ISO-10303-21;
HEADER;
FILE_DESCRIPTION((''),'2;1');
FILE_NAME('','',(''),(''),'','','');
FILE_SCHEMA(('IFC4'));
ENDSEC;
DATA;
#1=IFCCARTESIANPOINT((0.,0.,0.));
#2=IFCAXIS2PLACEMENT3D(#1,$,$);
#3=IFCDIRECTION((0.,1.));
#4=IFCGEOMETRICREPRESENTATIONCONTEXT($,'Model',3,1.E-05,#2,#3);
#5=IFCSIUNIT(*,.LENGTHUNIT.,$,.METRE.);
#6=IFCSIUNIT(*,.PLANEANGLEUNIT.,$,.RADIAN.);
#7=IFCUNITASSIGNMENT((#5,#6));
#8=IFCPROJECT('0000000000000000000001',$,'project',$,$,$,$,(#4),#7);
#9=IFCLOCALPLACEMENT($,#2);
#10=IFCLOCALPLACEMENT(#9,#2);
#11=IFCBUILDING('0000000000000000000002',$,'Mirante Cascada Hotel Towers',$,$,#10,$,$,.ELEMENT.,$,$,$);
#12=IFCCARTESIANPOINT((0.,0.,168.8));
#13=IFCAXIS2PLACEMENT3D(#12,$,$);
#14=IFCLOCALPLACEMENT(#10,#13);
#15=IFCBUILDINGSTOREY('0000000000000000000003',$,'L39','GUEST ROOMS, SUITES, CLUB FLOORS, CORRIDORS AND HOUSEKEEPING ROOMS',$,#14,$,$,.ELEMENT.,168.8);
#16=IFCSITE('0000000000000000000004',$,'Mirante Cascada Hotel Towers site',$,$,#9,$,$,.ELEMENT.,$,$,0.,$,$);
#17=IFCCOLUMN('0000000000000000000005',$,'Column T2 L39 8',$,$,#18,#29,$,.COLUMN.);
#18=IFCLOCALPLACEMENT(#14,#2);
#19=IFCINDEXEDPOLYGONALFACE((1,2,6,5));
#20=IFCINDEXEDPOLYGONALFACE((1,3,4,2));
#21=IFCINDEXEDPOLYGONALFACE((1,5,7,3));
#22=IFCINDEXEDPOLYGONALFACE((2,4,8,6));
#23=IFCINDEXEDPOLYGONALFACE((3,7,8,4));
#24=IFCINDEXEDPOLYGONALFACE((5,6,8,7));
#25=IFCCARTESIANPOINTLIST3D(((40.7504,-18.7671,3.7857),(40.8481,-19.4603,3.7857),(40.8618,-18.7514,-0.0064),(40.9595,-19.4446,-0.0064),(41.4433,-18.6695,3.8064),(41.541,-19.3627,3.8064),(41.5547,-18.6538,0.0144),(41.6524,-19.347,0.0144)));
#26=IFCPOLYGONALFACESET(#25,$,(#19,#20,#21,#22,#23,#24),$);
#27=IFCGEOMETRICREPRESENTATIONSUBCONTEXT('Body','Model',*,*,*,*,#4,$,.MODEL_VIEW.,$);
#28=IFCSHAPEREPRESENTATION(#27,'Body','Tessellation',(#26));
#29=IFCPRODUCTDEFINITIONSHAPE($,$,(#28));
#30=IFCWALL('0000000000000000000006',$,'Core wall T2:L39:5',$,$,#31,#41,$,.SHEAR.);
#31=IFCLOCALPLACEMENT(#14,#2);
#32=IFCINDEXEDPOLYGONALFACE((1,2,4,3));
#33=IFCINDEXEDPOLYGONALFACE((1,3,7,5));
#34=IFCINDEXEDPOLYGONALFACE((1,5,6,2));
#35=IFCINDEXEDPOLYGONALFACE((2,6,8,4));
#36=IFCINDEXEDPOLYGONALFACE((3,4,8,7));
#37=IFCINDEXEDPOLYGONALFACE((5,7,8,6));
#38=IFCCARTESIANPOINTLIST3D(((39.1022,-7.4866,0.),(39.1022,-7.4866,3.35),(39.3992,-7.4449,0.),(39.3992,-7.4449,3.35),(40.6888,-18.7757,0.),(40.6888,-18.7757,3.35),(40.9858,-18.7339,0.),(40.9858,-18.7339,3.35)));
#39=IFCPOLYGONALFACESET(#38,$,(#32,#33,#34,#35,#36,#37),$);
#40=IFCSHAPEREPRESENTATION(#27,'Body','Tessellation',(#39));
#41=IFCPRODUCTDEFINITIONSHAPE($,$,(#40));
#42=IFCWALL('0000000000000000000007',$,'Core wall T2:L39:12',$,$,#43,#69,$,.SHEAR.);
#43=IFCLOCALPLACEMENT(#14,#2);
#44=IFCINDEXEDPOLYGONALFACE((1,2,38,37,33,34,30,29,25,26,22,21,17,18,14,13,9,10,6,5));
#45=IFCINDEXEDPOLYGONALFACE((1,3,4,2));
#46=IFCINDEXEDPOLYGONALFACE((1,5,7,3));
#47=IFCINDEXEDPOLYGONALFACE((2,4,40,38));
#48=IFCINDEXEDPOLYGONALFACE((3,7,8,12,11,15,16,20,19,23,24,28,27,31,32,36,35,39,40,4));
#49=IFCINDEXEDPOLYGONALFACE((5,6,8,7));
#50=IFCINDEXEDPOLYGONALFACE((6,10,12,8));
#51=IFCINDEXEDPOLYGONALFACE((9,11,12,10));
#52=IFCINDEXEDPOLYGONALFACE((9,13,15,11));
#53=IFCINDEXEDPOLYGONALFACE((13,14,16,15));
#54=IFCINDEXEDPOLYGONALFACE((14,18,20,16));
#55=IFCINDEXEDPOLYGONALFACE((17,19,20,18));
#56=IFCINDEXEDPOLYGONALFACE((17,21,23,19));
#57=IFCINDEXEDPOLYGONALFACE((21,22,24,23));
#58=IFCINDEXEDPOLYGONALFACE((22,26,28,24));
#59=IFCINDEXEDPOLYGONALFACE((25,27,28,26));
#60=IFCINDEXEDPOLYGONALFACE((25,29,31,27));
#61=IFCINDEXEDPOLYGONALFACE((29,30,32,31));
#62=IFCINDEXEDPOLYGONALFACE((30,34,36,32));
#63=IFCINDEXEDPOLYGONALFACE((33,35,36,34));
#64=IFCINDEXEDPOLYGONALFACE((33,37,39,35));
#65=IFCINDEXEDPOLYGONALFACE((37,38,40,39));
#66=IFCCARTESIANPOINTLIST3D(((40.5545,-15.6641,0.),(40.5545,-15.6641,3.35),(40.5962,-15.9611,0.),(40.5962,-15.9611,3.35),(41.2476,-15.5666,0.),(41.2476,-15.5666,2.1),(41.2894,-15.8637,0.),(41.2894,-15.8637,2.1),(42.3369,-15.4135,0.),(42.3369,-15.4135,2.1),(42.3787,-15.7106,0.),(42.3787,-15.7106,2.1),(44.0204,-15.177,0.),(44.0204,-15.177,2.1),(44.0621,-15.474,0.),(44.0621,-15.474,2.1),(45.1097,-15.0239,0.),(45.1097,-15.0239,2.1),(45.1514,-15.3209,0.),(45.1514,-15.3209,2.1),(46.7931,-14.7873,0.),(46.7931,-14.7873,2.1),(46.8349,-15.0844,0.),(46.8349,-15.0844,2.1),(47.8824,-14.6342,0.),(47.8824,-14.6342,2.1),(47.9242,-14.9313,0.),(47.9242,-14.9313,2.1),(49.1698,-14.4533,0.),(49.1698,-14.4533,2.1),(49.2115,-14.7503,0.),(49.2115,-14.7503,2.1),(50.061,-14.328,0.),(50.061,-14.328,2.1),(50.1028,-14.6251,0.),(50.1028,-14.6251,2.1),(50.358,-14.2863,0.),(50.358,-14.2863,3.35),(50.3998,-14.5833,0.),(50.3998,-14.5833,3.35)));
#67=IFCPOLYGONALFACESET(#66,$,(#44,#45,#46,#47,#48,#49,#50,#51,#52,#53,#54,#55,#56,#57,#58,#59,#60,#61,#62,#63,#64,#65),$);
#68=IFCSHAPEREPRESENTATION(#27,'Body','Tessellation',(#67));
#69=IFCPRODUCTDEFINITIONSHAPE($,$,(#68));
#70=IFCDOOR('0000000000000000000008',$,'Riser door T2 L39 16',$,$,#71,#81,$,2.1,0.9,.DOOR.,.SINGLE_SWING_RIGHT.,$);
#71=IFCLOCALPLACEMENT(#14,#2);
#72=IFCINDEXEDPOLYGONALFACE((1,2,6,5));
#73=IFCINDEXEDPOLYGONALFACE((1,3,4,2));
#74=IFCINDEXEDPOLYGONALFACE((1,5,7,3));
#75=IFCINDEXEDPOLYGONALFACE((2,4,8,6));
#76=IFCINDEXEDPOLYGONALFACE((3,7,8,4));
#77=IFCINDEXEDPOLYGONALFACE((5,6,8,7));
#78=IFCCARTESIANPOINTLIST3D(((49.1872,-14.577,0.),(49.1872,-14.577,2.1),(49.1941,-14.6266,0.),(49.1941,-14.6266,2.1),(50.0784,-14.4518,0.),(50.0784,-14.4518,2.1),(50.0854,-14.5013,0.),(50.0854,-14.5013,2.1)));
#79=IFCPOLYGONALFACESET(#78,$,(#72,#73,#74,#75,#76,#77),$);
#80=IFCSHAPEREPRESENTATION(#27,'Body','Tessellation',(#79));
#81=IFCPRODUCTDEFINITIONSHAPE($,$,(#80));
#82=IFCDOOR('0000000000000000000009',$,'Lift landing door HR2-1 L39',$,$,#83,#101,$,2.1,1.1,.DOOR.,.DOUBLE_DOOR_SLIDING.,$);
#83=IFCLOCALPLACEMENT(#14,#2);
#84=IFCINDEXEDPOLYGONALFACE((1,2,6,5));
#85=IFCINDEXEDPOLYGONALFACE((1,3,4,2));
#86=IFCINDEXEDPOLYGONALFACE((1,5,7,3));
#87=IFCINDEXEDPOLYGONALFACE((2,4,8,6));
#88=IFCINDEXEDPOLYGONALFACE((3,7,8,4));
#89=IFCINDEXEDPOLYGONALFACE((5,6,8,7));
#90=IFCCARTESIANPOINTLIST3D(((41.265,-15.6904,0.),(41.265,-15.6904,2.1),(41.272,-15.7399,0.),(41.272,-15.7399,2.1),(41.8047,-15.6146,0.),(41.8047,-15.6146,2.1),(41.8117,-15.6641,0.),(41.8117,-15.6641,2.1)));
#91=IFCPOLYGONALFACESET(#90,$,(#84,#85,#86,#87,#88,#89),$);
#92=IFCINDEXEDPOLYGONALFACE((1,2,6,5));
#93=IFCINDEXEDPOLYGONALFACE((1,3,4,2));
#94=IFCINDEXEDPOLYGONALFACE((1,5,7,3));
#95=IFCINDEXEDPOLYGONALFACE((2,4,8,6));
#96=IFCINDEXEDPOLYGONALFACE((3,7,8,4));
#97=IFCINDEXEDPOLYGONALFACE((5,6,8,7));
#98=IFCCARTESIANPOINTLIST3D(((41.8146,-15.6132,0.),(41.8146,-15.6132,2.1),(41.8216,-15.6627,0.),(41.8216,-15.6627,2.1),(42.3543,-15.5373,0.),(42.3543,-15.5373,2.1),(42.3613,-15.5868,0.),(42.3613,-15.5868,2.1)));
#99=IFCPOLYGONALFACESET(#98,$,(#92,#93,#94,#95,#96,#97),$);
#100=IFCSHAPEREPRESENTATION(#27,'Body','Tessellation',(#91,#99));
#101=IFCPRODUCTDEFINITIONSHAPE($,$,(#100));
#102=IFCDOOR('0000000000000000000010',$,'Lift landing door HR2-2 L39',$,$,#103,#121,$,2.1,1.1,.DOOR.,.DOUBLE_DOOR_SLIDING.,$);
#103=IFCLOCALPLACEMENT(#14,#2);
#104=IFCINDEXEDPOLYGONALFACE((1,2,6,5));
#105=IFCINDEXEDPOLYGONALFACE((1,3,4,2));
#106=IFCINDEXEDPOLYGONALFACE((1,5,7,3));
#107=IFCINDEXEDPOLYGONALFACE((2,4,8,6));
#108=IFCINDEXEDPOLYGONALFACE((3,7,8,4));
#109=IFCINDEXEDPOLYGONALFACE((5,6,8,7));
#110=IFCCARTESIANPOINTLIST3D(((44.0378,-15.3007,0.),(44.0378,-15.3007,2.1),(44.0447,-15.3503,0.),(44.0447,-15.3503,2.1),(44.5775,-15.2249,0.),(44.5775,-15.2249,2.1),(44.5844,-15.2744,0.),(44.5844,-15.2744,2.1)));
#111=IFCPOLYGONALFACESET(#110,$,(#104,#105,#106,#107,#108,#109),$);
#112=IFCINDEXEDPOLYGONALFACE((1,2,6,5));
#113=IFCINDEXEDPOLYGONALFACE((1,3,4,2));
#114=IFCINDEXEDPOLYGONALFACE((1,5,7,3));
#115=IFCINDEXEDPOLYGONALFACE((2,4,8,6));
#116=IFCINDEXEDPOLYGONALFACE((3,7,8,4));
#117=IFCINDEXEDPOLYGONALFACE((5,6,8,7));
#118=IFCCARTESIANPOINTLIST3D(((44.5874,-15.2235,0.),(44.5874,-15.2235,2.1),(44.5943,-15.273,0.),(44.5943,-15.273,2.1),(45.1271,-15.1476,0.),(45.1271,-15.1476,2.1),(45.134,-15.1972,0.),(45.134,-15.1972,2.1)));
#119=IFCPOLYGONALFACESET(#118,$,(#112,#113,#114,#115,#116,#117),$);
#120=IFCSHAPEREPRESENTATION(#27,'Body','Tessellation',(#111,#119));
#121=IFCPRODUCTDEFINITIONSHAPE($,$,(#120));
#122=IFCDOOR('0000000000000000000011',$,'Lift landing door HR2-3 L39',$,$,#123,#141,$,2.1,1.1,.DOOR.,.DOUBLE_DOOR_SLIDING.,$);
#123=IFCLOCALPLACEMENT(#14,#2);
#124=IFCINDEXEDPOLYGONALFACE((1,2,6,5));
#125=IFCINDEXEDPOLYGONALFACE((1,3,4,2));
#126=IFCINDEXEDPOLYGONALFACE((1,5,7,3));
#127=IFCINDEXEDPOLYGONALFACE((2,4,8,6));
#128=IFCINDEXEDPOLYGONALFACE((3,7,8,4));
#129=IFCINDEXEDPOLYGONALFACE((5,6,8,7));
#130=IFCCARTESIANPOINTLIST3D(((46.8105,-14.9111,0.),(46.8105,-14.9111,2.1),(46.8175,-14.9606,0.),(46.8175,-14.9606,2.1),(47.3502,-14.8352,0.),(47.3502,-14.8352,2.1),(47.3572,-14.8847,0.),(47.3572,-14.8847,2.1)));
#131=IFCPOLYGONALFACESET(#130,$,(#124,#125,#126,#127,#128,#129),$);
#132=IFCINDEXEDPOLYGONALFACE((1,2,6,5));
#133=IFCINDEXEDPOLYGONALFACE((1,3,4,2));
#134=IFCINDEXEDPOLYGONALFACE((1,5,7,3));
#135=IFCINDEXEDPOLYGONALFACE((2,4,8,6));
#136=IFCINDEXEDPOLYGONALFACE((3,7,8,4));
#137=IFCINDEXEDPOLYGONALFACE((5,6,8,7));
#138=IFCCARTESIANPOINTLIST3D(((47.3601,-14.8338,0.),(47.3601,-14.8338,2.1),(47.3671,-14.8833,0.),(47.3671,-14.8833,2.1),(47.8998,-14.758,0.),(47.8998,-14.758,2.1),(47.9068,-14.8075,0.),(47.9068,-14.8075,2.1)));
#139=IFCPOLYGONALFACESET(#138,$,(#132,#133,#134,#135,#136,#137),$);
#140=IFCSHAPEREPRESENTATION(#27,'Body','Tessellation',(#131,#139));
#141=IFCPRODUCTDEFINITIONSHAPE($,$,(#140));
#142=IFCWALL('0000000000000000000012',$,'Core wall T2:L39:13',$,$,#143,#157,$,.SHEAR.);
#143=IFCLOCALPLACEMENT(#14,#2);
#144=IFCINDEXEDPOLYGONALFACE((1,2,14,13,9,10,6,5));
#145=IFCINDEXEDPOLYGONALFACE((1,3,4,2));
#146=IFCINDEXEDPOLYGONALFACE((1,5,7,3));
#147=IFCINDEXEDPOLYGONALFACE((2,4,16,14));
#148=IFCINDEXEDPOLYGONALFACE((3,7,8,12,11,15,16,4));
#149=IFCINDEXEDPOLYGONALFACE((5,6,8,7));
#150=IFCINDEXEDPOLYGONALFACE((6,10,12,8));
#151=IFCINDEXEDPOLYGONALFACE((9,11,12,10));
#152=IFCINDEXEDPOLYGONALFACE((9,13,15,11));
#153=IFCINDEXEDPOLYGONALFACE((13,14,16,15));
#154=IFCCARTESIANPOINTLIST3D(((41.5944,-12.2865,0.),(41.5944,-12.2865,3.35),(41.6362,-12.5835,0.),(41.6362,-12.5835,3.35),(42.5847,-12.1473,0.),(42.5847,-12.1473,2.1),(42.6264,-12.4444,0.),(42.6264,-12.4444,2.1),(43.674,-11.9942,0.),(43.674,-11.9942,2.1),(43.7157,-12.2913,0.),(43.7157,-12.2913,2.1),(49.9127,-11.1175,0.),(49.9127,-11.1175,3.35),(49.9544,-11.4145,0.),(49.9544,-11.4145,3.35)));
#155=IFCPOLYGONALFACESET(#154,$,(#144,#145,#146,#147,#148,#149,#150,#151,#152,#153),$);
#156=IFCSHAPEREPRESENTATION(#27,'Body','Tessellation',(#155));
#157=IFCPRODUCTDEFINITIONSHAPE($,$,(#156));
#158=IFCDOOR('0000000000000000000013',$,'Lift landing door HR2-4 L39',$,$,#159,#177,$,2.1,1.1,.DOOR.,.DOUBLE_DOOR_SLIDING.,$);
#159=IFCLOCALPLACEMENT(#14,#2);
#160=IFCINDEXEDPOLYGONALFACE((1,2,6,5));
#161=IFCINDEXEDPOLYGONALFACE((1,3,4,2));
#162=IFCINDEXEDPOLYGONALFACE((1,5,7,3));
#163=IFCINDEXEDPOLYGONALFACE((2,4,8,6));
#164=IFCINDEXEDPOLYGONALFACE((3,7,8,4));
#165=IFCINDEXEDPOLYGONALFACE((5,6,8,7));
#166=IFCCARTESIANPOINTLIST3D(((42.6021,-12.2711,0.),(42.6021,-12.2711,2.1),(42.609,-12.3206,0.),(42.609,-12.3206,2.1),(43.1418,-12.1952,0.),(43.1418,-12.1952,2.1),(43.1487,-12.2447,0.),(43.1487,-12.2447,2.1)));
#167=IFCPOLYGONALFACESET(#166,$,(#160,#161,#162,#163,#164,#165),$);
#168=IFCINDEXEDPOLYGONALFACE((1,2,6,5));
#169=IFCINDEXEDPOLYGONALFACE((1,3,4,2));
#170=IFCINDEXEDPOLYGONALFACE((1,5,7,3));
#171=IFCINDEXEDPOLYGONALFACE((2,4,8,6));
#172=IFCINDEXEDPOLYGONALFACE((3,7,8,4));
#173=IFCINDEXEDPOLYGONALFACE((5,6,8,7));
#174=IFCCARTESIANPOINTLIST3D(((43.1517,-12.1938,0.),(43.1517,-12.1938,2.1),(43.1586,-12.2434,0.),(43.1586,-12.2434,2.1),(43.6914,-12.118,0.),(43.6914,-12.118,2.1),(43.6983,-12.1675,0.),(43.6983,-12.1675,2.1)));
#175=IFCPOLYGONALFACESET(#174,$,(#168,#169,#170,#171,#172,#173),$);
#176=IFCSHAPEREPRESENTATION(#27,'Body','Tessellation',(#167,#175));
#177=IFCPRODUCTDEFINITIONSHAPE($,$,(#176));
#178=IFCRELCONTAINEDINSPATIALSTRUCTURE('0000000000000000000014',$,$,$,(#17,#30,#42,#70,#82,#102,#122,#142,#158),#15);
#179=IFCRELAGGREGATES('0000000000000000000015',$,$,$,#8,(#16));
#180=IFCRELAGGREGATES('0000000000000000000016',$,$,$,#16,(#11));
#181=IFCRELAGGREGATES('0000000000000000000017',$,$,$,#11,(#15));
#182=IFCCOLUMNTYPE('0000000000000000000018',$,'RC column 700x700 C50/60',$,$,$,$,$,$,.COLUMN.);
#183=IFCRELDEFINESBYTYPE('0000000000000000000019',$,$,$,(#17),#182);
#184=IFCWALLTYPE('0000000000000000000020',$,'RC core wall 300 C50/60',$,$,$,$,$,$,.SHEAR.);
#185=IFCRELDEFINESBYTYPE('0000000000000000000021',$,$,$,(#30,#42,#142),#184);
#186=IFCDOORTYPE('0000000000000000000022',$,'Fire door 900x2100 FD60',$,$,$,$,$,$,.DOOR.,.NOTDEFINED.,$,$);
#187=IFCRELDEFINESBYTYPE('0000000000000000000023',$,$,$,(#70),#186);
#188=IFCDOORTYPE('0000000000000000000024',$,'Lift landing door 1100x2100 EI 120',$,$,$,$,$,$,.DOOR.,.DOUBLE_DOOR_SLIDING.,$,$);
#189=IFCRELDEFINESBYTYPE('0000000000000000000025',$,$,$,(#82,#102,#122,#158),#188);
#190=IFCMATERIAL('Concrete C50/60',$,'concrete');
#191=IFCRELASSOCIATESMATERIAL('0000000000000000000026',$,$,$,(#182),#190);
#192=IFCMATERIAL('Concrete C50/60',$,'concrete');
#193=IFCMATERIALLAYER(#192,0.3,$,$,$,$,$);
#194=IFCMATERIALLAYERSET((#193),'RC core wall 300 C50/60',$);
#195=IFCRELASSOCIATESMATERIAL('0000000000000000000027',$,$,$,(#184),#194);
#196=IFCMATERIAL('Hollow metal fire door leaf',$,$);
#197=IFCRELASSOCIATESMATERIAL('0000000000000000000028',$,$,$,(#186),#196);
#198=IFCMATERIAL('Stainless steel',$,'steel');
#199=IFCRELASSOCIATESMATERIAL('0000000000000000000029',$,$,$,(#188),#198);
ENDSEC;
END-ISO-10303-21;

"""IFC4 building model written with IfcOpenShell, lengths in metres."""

from ifc_helpers import new_model, si_unit, direction, frame, frame_2d, origin, origin_2d, place, context, subcontext, project, spatial, rectangle, extrude, material, layer, layer_set, material_profile, profile_set, type_object, element, fill, save


model = new_model("IFC4")

# Units and contexts
model_context = context("Model", 3, precision=1e-05, world=origin(), true_north=direction((0.0, 1.0)))
body_context = subcontext(model_context, "Body", "Model", "MODEL_VIEW")
ifc_project = project(units=[si_unit("LENGTHUNIT", "METRE"), si_unit("PLANEANGLEUNIT", "RADIAN")], contexts=[model_context])

# Site, building, storey
site_placement = place(None, origin())
site = spatial("IfcSite", under=ifc_project, at=site_placement, Name="Mirante Cascada Hotel Towers site", CompositionType="ELEMENT", RefElevation=0.0)
building_placement = place(site_placement, origin())
building = spatial("IfcBuilding", under=site, at=building_placement, Name="Mirante Cascada Hotel Towers", CompositionType="ELEMENT")
storey_placement = place(building_placement, frame((0.0, 0.0, 168.8)))
storey = spatial("IfcBuildingStorey", under=building, at=storey_placement, Name="L39", Description="GUEST ROOMS, SUITES, CLUB FLOORS, CORRIDORS AND HOUSEKEEPING ROOMS", CompositionType="ELEMENT", Elevation=168.8)

# Column
ifc_material_1 = material(Name="Concrete C50/60", Category="concrete")
ifc_material_profile = material_profile(ifc_material_1, rectangle(XDim=0.7, YDim=0.7, at=origin_2d()), Name="RC column 700x700 C50/60")
ifc_profile_set = profile_set([ifc_material_profile], Name="Concrete C50/60")
column_type = type_object("IfcColumnType", Name="RC column 700x700 C50/60", PredefinedType="COLUMN", material=ifc_profile_set)
column_placement = place(storey_placement, frame((41.2571, -19.0492, 0.004), z_axis=(-0.029365, -0.004138, 0.99956), x_axis=(0.139554, -0.990214, 0.0)))
element("IfcColumn", 1, at=column_placement, inside=storey, type_object=column_type, Name="Column T2 L39 8", PredefinedType="COLUMN", context=body_context, shape_type="SweptSolid", body=[
    extrude(rectangle(XDim=0.7, YDim=0.7, at=origin_2d()), origin(), (0.0, 0.0, 1.0), 3.7937),
])

# Wall
ifc_material_2 = material(Name="Concrete C50/60", Category="concrete")
ifc_layer_1 = layer(ifc_material_2, 0.3)
ifc_layer_set_1 = layer_set([ifc_layer_1], Name="RC core wall 300 C50/60")
wall_type_1 = type_object("IfcWallType", Name="RC core wall 300 C50/60", PredefinedType="SHEAR", material=ifc_layer_set_1)
wall_1_placement = place(storey_placement, frame((40.8373, -18.7548, 0.0), z_axis=(0.0, 0.0, 1.0), x_axis=(-0.139175, 0.990268, 0.0)))
element("IfcWall", 2, at=wall_1_placement, inside=storey, type_object=wall_type_1, Name="Core wall T2:L39:5", PredefinedType="SHEAR", context=body_context, shape_type="SweptSolid", body=[
    extrude(rectangle(XDim=11.4, YDim=0.3, at=frame_2d((5.7, 0.0))), origin(), (0.0, 0.0, 1.0), 3.35),
])

# Wall, openings, doors
wall_2_placement = place(storey_placement, frame((40.5753, -15.8126, 0.0), z_axis=(0.0, 0.0, 1.0), x_axis=(0.990268, 0.139173, 0.0)))
wall_2 = element("IfcWall", 3, at=wall_2_placement, inside=storey, type_object=wall_type_1, Name="Core wall T2:L39:12", PredefinedType="SHEAR", context=body_context, shape_type="SweptSolid", body=[
    extrude(rectangle(XDim=9.8999, YDim=0.3, at=frame_2d((4.95, 0.0))), origin(), (0.0, 0.0, 1.0), 3.35),
])
opening_1_placement = place(wall_2_placement, frame((0.7, 0.0, 0.0)))
opening_1 = element("IfcOpeningElement", 4, at=opening_1_placement, cuts=wall_2, PredefinedType="OPENING", context=body_context, shape_type="SweptSolid", body=[
    extrude(rectangle(XDim=1.1, YDim=2.1, at=frame_2d((0.55, 1.05))), frame((0.0, 0.15, 0.0), z_axis=(0.0, -1.0, 0.0), x_axis=(1.0, 0.0, 0.0)), (0.0, 0.0, 1.0), 0.3),
])
opening_2_placement = place(wall_2_placement, frame((3.5, 0.0, 0.0)))
opening_2 = element("IfcOpeningElement", 5, at=opening_2_placement, cuts=wall_2, PredefinedType="OPENING", context=body_context, shape_type="SweptSolid", body=[
    extrude(rectangle(XDim=1.1, YDim=2.1, at=frame_2d((0.55, 1.05))), frame((0.0, 0.15, 0.0), z_axis=(0.0, -1.0, 0.0), x_axis=(1.0, 0.0, 0.0)), (0.0, 0.0, 1.0), 0.3),
])
opening_3_placement = place(wall_2_placement, frame((6.3, 0.0, 0.0)))
opening_3 = element("IfcOpeningElement", 6, at=opening_3_placement, cuts=wall_2, PredefinedType="OPENING", context=body_context, shape_type="SweptSolid", body=[
    extrude(rectangle(XDim=1.1, YDim=2.1, at=frame_2d((0.55, 1.05))), frame((0.0, 0.15, 0.0), z_axis=(0.0, -1.0, 0.0), x_axis=(1.0, 0.0, 0.0)), (0.0, 0.0, 1.0), 0.3),
])
opening_4_placement = place(wall_2_placement, frame((8.7, 0.0, 0.0)))
opening_4 = element("IfcOpeningElement", 7, at=opening_4_placement, cuts=wall_2, PredefinedType="OPENING", context=body_context, shape_type="SweptSolid", body=[
    extrude(rectangle(XDim=0.9, YDim=2.1, at=frame_2d((0.45, 1.05))), frame((0.0, 0.15, 0.0), z_axis=(0.0, -1.0, 0.0), x_axis=(1.0, 0.0, 0.0)), (0.0, 0.0, 1.0), 0.3),
])
ifc_material_3 = material(Name="Hollow metal fire door leaf")
door_type_1 = type_object("IfcDoorType", Name="Fire door 900x2100 FD60", OperationType="NOTDEFINED", PredefinedType="DOOR", material=ifc_material_3)
door_1_placement = place(opening_4_placement, frame((0.9, 0.0, 0.0), z_axis=(0.0, 0.0, 1.0), x_axis=(-1.0, 0.0, 0.0)))
door_1 = element("IfcDoor", 8, at=door_1_placement, inside=storey, type_object=door_type_1, Name="Riser door T2 L39 16", OperationType="SINGLE_SWING_RIGHT", OverallHeight=2.1, OverallWidth=0.9, PredefinedType="DOOR", context=body_context, shape_type="SweptSolid", body=[
    extrude(rectangle(XDim=0.9, YDim=2.1, at=frame_2d((0.45, 1.05))), frame((0.0, 0.025, 0.0), z_axis=(0.0, -1.0, 0.0), x_axis=(1.0, 0.0, 0.0)), (0.0, 0.0, 1.0), 0.05),
])
fill(opening_4, door_1)
ifc_material_4 = material(Name="Stainless steel", Category="steel")
door_type_2 = type_object("IfcDoorType", Name="Lift landing door 1100x2100 EI 120", OperationType="DOUBLE_DOOR_SLIDING", PredefinedType="DOOR", material=ifc_material_4)
door_2_placement = place(opening_1_placement, origin())
door_2 = element("IfcDoor", 9, at=door_2_placement, inside=storey, type_object=door_type_2, Name="Lift landing door HR2-1 L39", OperationType="DOUBLE_DOOR_SLIDING", OverallHeight=2.1, OverallWidth=1.1, PredefinedType="DOOR", context=body_context, shape_type="SweptSolid", body=[
    extrude(rectangle(XDim=0.545, YDim=2.1, at=frame_2d((0.2725, 1.05))), frame((0.0, 0.025, 0.0), z_axis=(0.0, -1.0, 0.0), x_axis=(1.0, 0.0, 0.0)), (0.0, 0.0, 1.0), 0.05),
    extrude(rectangle(XDim=0.545, YDim=2.1, at=frame_2d((0.8275, 1.05))), frame((0.0, 0.025, 0.0), z_axis=(0.0, -1.0, 0.0), x_axis=(1.0, 0.0, 0.0)), (0.0, 0.0, 1.0), 0.05),
])
fill(opening_1, door_2)
door_3_placement = place(opening_2_placement, origin())
door_3 = element("IfcDoor", 10, at=door_3_placement, inside=storey, type_object=door_type_2, Name="Lift landing door HR2-2 L39", OperationType="DOUBLE_DOOR_SLIDING", OverallHeight=2.1, OverallWidth=1.1, PredefinedType="DOOR", context=body_context, shape_type="SweptSolid", body=[
    extrude(rectangle(XDim=0.545, YDim=2.1, at=frame_2d((0.2725, 1.05))), frame((0.0, 0.025, 0.0), z_axis=(0.0, -1.0, 0.0), x_axis=(1.0, 0.0, 0.0)), (0.0, 0.0, 1.0), 0.05),
    extrude(rectangle(XDim=0.545, YDim=2.1, at=frame_2d((0.8275, 1.05))), frame((0.0, 0.025, 0.0), z_axis=(0.0, -1.0, 0.0), x_axis=(1.0, 0.0, 0.0)), (0.0, 0.0, 1.0), 0.05),
])
fill(opening_2, door_3)
door_4_placement = place(opening_3_placement, origin())
door_4 = element("IfcDoor", 11, at=door_4_placement, inside=storey, type_object=door_type_2, Name="Lift landing door HR2-3 L39", OperationType="DOUBLE_DOOR_SLIDING", OverallHeight=2.1, OverallWidth=1.1, PredefinedType="DOOR", context=body_context, shape_type="SweptSolid", body=[
    extrude(rectangle(XDim=0.545, YDim=2.1, at=frame_2d((0.2725, 1.05))), frame((0.0, 0.025, 0.0), z_axis=(0.0, -1.0, 0.0), x_axis=(1.0, 0.0, 0.0)), (0.0, 0.0, 1.0), 0.05),
    extrude(rectangle(XDim=0.545, YDim=2.1, at=frame_2d((0.8275, 1.05))), frame((0.0, 0.025, 0.0), z_axis=(0.0, -1.0, 0.0), x_axis=(1.0, 0.0, 0.0)), (0.0, 0.0, 1.0), 0.05),
])
fill(opening_3, door_4)

# Wall, opening, door
wall_3_placement = place(storey_placement, frame((41.6153, -12.435, 0.0), z_axis=(0.0, 0.0, 1.0), x_axis=(0.990269, 0.139166, 0.0)))
wall_3 = element("IfcWall", 12, at=wall_3_placement, inside=storey, type_object=wall_type_1, Name="Core wall T2:L39:13", PredefinedType="SHEAR", context=body_context, shape_type="SweptSolid", body=[
    extrude(rectangle(XDim=8.4, YDim=0.3, at=frame_2d((4.2, 0.0))), origin(), (0.0, 0.0, 1.0), 3.35),
])
opening_5_placement = place(wall_3_placement, frame((1.0, 0.0, 0.0)))
opening_5 = element("IfcOpeningElement", 13, at=opening_5_placement, cuts=wall_3, PredefinedType="OPENING", context=body_context, shape_type="SweptSolid", body=[
    extrude(rectangle(XDim=1.1, YDim=2.1, at=frame_2d((0.55, 1.05))), frame((0.0, 0.15, 0.0), z_axis=(0.0, -1.0, 0.0), x_axis=(1.0, 0.0, 0.0)), (0.0, 0.0, 1.0), 0.3),
])
door_5_placement = place(opening_5_placement, origin())
door_5 = element("IfcDoor", 14, at=door_5_placement, inside=storey, type_object=door_type_2, Name="Lift landing door HR2-4 L39", OperationType="DOUBLE_DOOR_SLIDING", OverallHeight=2.1, OverallWidth=1.1, PredefinedType="DOOR", context=body_context, shape_type="SweptSolid", body=[
    extrude(rectangle(XDim=0.545, YDim=2.1, at=frame_2d((0.2725, 1.05))), frame((0.0, 0.025, 0.0), z_axis=(0.0, -1.0, 0.0), x_axis=(1.0, 0.0, 0.0)), (0.0, 0.0, 1.0), 0.05),
    extrude(rectangle(XDim=0.545, YDim=2.1, at=frame_2d((0.8275, 1.05))), frame((0.0, 0.025, 0.0), z_axis=(0.0, -1.0, 0.0), x_axis=(1.0, 0.0, 0.0)), (0.0, 0.0, 1.0), 0.05),
])
fill(opening_5, door_5)

save(model, "model.ifc")
